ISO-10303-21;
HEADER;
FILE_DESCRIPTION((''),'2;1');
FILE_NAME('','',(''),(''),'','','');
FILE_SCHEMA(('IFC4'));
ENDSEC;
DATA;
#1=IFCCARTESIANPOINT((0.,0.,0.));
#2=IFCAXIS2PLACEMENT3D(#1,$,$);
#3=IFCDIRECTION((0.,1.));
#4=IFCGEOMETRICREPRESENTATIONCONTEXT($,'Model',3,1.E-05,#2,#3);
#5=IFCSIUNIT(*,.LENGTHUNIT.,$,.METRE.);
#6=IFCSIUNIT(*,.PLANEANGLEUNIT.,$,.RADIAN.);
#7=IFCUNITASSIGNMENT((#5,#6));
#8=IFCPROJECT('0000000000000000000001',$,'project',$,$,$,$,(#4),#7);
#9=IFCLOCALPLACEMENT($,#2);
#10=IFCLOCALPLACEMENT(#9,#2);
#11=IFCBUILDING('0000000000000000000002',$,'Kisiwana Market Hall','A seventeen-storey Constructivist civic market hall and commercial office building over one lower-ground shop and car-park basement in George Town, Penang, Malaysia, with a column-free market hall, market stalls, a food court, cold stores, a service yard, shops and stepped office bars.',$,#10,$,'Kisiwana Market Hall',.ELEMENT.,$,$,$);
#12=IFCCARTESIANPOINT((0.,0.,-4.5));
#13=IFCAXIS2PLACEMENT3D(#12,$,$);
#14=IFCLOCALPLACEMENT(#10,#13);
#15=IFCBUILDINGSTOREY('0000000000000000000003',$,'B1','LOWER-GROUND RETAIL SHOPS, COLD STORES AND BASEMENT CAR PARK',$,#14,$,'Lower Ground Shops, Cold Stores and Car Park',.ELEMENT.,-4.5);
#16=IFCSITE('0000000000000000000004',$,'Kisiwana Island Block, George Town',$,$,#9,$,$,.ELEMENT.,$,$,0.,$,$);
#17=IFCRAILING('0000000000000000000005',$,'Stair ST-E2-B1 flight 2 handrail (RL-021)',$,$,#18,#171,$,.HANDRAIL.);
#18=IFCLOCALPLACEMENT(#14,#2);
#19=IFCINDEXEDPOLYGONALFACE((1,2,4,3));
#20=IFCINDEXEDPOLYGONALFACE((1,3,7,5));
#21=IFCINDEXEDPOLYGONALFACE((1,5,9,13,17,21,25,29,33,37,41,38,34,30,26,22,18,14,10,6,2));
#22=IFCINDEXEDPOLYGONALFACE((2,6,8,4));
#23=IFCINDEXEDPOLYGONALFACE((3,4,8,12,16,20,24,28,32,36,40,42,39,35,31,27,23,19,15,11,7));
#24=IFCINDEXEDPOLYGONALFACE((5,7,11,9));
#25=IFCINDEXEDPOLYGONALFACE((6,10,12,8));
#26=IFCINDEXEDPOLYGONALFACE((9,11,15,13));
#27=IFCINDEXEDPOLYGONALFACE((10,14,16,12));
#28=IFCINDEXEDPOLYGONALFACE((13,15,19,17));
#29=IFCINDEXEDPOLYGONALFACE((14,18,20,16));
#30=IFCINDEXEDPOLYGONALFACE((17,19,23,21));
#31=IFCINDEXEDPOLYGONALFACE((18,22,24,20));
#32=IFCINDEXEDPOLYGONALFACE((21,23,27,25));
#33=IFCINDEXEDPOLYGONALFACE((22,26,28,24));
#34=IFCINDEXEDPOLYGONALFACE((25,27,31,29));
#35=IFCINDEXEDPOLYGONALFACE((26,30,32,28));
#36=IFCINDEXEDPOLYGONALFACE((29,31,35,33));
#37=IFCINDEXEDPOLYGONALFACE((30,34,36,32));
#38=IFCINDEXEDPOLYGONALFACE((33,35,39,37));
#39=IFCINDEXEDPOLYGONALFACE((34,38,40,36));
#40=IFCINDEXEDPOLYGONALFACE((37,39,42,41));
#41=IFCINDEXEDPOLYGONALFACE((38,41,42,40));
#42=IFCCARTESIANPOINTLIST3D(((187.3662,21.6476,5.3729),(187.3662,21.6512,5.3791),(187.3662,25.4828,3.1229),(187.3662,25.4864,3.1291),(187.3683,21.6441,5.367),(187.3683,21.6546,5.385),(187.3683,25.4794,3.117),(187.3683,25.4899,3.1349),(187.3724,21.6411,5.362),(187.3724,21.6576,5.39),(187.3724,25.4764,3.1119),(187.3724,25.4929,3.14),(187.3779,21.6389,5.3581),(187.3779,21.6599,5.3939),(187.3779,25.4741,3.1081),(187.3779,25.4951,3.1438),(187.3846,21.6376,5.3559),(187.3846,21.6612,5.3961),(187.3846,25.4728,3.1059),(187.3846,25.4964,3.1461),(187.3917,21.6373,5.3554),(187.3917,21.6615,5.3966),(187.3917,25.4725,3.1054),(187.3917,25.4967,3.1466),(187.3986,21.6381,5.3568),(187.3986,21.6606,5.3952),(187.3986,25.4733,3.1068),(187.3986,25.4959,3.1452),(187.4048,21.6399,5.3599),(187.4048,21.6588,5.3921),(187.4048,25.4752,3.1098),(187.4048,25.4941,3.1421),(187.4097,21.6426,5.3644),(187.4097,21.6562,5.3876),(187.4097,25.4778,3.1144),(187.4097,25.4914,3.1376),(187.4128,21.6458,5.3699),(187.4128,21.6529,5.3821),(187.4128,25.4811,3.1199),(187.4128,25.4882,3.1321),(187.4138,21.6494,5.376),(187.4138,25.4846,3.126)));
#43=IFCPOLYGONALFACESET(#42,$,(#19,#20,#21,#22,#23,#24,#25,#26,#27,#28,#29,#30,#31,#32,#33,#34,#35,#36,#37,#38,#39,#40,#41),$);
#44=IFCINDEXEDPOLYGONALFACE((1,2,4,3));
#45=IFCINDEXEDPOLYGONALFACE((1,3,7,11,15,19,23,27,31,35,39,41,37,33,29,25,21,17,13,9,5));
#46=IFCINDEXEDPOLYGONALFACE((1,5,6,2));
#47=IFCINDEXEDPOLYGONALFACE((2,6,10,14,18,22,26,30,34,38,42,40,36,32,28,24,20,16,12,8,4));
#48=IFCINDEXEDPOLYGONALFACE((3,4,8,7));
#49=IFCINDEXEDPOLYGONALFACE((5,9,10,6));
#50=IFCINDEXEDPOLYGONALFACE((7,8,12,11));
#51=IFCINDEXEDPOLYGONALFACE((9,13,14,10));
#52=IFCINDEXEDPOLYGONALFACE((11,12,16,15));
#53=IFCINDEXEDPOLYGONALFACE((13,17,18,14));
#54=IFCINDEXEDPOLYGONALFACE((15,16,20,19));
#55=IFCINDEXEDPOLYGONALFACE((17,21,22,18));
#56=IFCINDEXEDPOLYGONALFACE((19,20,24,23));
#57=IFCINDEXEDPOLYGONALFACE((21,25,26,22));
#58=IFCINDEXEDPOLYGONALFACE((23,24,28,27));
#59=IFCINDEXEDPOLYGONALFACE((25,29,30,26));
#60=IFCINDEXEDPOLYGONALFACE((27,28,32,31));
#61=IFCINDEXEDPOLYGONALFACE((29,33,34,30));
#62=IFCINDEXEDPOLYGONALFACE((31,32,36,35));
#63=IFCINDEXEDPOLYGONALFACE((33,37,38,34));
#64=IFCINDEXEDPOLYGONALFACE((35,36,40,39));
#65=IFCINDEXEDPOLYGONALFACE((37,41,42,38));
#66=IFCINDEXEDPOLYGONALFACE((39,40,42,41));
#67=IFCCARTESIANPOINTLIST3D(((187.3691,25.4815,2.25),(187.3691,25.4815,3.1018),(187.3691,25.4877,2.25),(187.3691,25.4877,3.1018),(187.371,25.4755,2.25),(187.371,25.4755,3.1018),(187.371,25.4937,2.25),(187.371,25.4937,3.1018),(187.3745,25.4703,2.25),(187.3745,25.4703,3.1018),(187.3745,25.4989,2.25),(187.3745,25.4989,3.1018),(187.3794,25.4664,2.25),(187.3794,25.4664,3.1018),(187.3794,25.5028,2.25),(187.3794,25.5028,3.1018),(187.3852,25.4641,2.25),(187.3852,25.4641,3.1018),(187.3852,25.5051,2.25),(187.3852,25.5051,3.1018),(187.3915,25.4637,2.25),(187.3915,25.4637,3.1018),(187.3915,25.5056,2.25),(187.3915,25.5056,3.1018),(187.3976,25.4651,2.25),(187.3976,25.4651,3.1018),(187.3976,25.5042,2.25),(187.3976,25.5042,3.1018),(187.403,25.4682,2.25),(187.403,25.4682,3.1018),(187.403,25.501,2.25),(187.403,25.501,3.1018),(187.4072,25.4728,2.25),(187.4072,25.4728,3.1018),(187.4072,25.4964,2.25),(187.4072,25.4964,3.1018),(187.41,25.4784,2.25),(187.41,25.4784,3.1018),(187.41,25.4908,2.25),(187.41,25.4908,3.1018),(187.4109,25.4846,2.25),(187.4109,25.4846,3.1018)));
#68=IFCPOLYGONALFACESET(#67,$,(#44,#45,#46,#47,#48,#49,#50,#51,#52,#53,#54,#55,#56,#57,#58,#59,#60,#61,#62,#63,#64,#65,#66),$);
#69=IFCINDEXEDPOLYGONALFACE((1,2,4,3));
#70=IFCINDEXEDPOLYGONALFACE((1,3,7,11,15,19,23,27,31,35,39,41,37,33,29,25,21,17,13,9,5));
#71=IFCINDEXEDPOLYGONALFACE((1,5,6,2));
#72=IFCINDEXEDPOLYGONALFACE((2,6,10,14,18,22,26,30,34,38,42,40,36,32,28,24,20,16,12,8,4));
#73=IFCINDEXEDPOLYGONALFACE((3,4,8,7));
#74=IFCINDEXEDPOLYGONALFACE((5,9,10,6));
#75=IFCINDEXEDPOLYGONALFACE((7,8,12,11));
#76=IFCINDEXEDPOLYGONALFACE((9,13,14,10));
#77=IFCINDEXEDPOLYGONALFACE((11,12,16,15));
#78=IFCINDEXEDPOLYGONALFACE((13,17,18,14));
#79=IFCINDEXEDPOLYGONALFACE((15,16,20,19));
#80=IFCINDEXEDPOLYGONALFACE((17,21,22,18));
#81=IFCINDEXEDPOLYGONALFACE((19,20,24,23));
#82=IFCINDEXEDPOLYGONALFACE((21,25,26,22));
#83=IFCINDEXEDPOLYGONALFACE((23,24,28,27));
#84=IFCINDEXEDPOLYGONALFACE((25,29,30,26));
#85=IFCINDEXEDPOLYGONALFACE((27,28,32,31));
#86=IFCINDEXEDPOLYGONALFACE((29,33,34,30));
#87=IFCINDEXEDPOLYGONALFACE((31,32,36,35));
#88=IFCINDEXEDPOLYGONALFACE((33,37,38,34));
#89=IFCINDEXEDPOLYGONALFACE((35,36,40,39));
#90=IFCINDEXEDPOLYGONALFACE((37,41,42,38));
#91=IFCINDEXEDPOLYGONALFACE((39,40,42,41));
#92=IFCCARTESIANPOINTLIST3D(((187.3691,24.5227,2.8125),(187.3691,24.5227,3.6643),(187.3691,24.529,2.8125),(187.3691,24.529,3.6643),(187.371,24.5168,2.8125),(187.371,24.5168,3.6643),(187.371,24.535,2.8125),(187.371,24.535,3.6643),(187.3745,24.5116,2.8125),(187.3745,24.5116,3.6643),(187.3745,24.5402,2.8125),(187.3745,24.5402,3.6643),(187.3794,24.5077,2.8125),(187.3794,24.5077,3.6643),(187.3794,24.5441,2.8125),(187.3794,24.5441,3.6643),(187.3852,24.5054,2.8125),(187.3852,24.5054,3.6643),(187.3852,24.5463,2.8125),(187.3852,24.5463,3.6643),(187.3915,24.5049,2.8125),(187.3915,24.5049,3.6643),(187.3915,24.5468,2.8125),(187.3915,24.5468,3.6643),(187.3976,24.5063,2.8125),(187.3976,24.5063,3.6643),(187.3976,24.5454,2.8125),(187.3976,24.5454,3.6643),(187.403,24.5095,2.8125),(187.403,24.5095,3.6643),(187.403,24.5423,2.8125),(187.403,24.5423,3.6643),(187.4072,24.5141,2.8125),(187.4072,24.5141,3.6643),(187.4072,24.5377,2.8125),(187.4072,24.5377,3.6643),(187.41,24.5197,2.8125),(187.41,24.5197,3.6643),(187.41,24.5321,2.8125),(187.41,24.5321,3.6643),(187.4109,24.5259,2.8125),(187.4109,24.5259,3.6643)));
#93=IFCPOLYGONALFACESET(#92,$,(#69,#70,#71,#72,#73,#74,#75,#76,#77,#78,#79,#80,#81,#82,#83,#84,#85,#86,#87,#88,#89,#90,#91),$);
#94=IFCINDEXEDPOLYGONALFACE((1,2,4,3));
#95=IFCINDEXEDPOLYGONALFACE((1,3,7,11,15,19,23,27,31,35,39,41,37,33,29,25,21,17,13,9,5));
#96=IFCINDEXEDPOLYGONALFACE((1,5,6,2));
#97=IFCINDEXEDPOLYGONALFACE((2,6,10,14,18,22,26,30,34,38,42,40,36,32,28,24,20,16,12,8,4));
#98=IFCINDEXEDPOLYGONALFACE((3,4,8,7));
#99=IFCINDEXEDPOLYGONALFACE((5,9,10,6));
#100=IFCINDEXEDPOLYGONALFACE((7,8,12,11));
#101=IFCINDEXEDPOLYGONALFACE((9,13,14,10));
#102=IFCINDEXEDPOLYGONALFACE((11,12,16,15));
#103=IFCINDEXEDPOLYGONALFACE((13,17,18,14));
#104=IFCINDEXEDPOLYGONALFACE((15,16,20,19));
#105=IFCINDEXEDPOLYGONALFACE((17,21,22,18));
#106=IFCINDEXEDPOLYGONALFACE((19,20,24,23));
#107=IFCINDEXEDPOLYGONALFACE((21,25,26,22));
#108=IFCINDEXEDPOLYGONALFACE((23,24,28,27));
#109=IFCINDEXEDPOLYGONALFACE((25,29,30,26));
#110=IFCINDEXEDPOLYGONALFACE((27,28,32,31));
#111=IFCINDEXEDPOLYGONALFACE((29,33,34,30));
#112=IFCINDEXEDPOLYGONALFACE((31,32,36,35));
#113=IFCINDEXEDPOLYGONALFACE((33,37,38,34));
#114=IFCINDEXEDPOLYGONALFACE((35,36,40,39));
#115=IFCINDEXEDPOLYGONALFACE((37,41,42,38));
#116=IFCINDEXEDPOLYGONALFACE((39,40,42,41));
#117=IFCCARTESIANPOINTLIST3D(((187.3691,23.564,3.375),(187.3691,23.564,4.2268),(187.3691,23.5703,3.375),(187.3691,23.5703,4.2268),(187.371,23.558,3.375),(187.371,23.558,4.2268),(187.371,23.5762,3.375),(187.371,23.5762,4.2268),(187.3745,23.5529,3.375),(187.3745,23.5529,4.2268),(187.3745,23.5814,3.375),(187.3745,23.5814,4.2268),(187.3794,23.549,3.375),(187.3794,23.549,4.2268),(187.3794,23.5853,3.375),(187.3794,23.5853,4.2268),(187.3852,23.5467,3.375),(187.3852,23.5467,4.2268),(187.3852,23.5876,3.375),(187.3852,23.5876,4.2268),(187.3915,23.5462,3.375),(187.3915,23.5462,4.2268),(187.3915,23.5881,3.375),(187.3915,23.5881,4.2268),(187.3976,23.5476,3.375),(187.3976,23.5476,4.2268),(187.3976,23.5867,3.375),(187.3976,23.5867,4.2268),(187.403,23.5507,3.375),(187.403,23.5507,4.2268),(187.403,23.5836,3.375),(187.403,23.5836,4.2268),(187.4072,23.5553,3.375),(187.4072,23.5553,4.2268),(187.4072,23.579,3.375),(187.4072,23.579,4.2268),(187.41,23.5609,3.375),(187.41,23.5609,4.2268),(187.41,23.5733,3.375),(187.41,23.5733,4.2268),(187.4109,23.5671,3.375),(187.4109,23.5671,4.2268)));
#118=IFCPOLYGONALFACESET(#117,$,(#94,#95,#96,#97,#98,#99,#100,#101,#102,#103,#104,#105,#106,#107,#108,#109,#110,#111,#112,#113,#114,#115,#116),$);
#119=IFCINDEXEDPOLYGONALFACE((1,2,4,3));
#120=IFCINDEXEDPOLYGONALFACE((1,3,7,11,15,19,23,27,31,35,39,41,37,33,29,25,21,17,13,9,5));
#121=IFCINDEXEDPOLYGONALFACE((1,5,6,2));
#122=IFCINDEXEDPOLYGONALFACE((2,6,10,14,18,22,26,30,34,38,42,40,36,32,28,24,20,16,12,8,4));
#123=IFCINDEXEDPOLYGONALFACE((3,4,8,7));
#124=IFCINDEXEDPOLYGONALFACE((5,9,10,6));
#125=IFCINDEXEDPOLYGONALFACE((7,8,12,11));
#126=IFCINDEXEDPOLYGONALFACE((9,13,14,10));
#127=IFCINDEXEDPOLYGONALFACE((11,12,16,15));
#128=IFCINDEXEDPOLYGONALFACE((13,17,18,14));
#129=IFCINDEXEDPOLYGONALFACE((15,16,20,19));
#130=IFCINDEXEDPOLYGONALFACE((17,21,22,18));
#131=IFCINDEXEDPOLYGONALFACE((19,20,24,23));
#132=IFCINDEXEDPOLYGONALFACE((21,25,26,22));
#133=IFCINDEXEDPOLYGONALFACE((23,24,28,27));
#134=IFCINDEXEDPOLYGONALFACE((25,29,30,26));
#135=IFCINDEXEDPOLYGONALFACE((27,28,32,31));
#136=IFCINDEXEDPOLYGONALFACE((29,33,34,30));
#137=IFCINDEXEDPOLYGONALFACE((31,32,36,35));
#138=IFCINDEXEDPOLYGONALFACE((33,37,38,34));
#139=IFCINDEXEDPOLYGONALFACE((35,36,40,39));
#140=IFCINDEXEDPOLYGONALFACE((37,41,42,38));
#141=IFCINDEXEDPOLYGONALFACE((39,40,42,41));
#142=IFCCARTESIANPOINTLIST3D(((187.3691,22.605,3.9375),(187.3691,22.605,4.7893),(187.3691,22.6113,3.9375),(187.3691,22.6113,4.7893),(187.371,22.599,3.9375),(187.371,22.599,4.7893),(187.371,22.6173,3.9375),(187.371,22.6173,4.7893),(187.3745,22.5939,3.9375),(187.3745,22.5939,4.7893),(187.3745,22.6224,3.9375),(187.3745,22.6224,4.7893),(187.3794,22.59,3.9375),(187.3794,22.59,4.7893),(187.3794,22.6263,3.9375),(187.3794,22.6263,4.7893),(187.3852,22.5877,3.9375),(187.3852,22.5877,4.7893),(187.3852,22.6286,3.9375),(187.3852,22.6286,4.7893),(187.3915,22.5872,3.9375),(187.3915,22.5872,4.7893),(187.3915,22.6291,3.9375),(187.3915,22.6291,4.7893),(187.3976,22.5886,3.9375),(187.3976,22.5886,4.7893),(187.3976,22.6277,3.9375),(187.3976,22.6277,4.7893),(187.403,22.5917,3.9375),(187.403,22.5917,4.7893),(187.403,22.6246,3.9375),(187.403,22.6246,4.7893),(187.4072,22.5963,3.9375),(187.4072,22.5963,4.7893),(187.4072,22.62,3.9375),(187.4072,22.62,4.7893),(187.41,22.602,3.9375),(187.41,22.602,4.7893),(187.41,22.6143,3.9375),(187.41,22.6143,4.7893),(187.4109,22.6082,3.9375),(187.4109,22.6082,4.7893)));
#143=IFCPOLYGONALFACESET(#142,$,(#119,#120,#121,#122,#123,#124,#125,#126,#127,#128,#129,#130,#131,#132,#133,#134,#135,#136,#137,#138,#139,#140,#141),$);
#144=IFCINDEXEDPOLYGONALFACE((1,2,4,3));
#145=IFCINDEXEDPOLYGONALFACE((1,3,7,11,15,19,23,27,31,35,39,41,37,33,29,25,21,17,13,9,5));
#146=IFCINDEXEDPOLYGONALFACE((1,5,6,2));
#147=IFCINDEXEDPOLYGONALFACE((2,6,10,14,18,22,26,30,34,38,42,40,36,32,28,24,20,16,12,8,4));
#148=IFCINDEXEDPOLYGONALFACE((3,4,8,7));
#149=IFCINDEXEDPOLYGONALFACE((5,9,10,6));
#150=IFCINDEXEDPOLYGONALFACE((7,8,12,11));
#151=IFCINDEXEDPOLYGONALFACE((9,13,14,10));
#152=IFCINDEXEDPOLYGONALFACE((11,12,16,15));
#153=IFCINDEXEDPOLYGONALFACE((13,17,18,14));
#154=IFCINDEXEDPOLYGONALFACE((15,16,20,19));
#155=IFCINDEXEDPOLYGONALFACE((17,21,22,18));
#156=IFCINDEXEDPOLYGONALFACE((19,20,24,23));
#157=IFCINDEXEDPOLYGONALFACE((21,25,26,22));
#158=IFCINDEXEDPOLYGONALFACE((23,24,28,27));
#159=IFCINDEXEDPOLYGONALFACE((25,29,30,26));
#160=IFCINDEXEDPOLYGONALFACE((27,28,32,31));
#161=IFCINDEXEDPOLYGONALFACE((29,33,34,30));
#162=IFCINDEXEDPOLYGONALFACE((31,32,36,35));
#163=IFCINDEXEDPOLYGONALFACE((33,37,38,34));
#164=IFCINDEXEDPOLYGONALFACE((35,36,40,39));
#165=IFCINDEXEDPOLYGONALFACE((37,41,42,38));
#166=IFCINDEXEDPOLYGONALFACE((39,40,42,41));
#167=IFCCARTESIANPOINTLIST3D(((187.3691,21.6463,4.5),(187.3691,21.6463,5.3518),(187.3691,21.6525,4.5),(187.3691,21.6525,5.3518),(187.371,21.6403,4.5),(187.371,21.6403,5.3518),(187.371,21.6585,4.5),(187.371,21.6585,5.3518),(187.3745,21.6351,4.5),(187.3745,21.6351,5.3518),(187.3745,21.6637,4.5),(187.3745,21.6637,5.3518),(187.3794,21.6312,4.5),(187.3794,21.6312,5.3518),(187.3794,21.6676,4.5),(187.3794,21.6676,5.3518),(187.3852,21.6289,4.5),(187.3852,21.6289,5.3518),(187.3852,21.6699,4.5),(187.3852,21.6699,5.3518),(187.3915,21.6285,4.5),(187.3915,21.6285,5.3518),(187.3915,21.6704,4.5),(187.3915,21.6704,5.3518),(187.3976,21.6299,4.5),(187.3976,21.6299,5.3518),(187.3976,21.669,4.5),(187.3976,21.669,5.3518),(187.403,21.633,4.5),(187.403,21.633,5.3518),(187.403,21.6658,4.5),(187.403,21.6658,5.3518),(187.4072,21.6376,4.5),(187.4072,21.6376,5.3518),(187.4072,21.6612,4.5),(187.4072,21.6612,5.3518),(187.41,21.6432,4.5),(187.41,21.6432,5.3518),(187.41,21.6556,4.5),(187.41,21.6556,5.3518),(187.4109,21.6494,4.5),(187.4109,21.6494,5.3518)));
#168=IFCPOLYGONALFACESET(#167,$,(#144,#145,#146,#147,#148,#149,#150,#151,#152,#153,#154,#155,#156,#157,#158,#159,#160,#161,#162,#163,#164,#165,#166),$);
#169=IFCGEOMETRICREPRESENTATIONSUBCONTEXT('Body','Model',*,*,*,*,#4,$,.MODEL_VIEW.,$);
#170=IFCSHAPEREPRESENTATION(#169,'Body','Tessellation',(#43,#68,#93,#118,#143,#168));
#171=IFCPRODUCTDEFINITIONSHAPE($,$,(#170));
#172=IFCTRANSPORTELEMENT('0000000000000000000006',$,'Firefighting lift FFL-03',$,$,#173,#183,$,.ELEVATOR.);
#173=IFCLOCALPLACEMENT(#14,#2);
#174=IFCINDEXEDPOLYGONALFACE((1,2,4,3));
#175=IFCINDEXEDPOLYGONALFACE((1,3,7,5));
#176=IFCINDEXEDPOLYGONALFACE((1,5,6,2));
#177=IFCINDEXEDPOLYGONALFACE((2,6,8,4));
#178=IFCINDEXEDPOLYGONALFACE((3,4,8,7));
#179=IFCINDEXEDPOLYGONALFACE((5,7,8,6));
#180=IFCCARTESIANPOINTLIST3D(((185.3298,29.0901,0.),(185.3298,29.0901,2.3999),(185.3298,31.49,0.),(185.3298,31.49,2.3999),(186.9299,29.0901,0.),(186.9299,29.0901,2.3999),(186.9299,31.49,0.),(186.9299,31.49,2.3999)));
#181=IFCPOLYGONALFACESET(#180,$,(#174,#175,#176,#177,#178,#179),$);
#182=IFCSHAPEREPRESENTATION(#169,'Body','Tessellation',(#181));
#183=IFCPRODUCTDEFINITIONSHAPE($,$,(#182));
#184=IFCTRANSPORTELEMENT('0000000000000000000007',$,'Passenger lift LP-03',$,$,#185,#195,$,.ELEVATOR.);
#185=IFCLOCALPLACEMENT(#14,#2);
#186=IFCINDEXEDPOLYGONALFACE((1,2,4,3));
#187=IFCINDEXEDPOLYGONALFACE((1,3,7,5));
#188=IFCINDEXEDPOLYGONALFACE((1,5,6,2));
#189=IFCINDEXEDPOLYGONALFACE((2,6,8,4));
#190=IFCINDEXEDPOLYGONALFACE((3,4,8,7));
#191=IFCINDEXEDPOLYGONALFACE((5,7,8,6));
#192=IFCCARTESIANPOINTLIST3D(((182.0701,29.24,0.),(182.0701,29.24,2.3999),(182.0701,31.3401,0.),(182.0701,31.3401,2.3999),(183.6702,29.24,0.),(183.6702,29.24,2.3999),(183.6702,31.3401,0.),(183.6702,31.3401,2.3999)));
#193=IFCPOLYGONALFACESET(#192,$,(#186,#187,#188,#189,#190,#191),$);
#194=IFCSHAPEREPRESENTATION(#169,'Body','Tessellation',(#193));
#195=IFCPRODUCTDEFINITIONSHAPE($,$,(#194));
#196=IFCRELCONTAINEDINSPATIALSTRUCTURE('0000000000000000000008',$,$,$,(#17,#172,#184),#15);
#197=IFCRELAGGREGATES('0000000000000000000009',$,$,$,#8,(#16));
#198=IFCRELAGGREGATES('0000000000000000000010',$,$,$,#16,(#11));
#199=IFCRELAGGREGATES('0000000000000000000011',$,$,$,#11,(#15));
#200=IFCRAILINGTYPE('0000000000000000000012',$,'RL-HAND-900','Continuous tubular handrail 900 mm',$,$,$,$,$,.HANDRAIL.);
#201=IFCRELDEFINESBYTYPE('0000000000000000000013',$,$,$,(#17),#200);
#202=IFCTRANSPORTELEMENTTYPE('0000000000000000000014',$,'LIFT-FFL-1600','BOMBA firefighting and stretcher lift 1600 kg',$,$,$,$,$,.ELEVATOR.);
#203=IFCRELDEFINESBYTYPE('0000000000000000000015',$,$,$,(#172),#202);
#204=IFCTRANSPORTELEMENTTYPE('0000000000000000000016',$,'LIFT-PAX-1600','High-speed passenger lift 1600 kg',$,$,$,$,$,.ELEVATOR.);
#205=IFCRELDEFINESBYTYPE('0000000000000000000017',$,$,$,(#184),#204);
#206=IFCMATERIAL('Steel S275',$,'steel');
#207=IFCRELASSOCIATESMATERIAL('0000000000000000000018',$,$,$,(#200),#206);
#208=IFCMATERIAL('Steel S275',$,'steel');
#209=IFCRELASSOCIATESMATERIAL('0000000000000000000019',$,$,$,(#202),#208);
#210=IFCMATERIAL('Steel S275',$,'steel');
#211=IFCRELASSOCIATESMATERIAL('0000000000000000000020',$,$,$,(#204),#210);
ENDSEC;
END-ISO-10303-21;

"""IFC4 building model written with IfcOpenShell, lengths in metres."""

from ifc_helpers import new_model, si_unit, direction, frame, origin, origin_2d, place, context, subcontext, project, spatial, rectangle, circle, extrude, material, type_object, element, save


model = new_model("IFC4")

# Units and contexts
model_context = context("Model", 3, precision=1e-05, world=origin(), true_north=direction((0.0, 1.0)))
body_context = subcontext(model_context, "Body", "Model", "MODEL_VIEW")
ifc_project = project(units=[si_unit("LENGTHUNIT", "METRE"), si_unit("PLANEANGLEUNIT", "RADIAN")], contexts=[model_context])

# Site, building, storey
site_placement = place(None, origin())
site = spatial("IfcSite", under=ifc_project, at=site_placement, Name="Kisiwana Island Block, George Town", CompositionType="ELEMENT", RefElevation=0.0)
building_placement = place(site_placement, origin())
building = spatial("IfcBuilding", under=site, at=building_placement, Name="Kisiwana Market Hall", Description="A seventeen-storey Constructivist civic market hall and commercial office building over one lower-ground shop and car-park basement in George Town, Penang, Malaysia, with a column-free market hall, market stalls, a food court, cold stores, a service yard, shops and stepped office bars.", LongName="Kisiwana Market Hall", CompositionType="ELEMENT")
storey_placement = place(building_placement, frame((0.0, 0.0, -4.5)))
storey = spatial("IfcBuildingStorey", under=building, at=storey_placement, Name="B1", Description="LOWER-GROUND RETAIL SHOPS, COLD STORES AND BASEMENT CAR PARK", LongName="Lower Ground Shops, Cold Stores and Car Park", CompositionType="ELEMENT", Elevation=-4.5)

# Railing
ifc_material_1 = material(Name="Steel S275", Category="steel")
railing_type_1 = type_object("IfcRailingType", Name="RL-HAND-900", Description="Continuous tubular handrail 900 mm", PredefinedType="HANDRAIL", material=ifc_material_1)
railing_1_placement = place(storey_placement, frame((187.3899, 25.4846, 2.25)))
element("IfcRailing", 1, at=railing_1_placement, inside=storey, type_object=railing_type_1, Name="Stair ST-E2-B1 flight 2 handrail (RL-021)", PredefinedType="HANDRAIL", context=body_context, shape_type="SweptSolid", body=[
    extrude(circle(Radius=0.0239, at=origin_2d()), frame((0.0, 0.0, 0.876), z_axis=(0.0, -0.862524, 0.506017), x_axis=(1.0, 0.0, 0.0)), (0.0, 0.0, 1.0), 4.4465),
    extrude(circle(Radius=0.021, at=origin_2d()), origin(), (0.0, 0.0, 1.0), 0.8518),
    extrude(circle(Radius=0.021, at=origin_2d()), frame((0.0, -0.9587, 0.5625)), (0.0, 0.0, 1.0), 0.8518),
    extrude(circle(Radius=0.021, at=origin_2d()), frame((0.0, -1.9175, 1.125)), (0.0, 0.0, 1.0), 0.8518),
    extrude(circle(Radius=0.021, at=origin_2d()), frame((0.0, -2.8765, 1.6875)), (0.0, 0.0, 1.0), 0.8518),
    extrude(circle(Radius=0.021, at=origin_2d()), frame((0.0, -3.8352, 2.25)), (0.0, 0.0, 1.0), 0.8518),
])

# Transport elements
ifc_material_2 = material(Name="Steel S275", Category="steel")
transport_element_type_1 = type_object("IfcTransportElementType", Name="LIFT-FFL-1600", Description="BOMBA firefighting and stretcher lift 1600 kg", PredefinedType="ELEVATOR", material=ifc_material_2)
transport_element_1_placement = place(storey_placement, frame((186.1299, 30.29, 0.0), z_axis=(0.0, 0.0, 1.0), x_axis=(1.0, 0.0, 0.0)))
element("IfcTransportElement", 2, at=transport_element_1_placement, inside=storey, type_object=transport_element_type_1, Name="Firefighting lift FFL-03", PredefinedType="ELEVATOR", context=body_context, shape_type="SweptSolid", body=[
    extrude(rectangle(XDim=1.6001, YDim=2.3999, at=origin_2d()), origin(), (0.0, 0.0, 1.0), 2.3999),
])
ifc_material_3 = material(Name="Steel S275", Category="steel")
transport_element_type_2 = type_object("IfcTransportElementType", Name="LIFT-PAX-1600", Description="High-speed passenger lift 1600 kg", PredefinedType="ELEVATOR", material=ifc_material_3)
transport_element_2_placement = place(storey_placement, frame((182.8701, 30.29, 0.0), z_axis=(0.0, 0.0, 1.0), x_axis=(1.0, 0.0, 0.0)))
element("IfcTransportElement", 3, at=transport_element_2_placement, inside=storey, type_object=transport_element_type_2, Name="Passenger lift LP-03", PredefinedType="ELEVATOR", context=body_context, shape_type="SweptSolid", body=[
    extrude(rectangle(XDim=1.6001, YDim=2.1001, at=origin_2d()), origin(), (0.0, 0.0, 1.0), 2.3999),
])

save(model, "model.ifc")
